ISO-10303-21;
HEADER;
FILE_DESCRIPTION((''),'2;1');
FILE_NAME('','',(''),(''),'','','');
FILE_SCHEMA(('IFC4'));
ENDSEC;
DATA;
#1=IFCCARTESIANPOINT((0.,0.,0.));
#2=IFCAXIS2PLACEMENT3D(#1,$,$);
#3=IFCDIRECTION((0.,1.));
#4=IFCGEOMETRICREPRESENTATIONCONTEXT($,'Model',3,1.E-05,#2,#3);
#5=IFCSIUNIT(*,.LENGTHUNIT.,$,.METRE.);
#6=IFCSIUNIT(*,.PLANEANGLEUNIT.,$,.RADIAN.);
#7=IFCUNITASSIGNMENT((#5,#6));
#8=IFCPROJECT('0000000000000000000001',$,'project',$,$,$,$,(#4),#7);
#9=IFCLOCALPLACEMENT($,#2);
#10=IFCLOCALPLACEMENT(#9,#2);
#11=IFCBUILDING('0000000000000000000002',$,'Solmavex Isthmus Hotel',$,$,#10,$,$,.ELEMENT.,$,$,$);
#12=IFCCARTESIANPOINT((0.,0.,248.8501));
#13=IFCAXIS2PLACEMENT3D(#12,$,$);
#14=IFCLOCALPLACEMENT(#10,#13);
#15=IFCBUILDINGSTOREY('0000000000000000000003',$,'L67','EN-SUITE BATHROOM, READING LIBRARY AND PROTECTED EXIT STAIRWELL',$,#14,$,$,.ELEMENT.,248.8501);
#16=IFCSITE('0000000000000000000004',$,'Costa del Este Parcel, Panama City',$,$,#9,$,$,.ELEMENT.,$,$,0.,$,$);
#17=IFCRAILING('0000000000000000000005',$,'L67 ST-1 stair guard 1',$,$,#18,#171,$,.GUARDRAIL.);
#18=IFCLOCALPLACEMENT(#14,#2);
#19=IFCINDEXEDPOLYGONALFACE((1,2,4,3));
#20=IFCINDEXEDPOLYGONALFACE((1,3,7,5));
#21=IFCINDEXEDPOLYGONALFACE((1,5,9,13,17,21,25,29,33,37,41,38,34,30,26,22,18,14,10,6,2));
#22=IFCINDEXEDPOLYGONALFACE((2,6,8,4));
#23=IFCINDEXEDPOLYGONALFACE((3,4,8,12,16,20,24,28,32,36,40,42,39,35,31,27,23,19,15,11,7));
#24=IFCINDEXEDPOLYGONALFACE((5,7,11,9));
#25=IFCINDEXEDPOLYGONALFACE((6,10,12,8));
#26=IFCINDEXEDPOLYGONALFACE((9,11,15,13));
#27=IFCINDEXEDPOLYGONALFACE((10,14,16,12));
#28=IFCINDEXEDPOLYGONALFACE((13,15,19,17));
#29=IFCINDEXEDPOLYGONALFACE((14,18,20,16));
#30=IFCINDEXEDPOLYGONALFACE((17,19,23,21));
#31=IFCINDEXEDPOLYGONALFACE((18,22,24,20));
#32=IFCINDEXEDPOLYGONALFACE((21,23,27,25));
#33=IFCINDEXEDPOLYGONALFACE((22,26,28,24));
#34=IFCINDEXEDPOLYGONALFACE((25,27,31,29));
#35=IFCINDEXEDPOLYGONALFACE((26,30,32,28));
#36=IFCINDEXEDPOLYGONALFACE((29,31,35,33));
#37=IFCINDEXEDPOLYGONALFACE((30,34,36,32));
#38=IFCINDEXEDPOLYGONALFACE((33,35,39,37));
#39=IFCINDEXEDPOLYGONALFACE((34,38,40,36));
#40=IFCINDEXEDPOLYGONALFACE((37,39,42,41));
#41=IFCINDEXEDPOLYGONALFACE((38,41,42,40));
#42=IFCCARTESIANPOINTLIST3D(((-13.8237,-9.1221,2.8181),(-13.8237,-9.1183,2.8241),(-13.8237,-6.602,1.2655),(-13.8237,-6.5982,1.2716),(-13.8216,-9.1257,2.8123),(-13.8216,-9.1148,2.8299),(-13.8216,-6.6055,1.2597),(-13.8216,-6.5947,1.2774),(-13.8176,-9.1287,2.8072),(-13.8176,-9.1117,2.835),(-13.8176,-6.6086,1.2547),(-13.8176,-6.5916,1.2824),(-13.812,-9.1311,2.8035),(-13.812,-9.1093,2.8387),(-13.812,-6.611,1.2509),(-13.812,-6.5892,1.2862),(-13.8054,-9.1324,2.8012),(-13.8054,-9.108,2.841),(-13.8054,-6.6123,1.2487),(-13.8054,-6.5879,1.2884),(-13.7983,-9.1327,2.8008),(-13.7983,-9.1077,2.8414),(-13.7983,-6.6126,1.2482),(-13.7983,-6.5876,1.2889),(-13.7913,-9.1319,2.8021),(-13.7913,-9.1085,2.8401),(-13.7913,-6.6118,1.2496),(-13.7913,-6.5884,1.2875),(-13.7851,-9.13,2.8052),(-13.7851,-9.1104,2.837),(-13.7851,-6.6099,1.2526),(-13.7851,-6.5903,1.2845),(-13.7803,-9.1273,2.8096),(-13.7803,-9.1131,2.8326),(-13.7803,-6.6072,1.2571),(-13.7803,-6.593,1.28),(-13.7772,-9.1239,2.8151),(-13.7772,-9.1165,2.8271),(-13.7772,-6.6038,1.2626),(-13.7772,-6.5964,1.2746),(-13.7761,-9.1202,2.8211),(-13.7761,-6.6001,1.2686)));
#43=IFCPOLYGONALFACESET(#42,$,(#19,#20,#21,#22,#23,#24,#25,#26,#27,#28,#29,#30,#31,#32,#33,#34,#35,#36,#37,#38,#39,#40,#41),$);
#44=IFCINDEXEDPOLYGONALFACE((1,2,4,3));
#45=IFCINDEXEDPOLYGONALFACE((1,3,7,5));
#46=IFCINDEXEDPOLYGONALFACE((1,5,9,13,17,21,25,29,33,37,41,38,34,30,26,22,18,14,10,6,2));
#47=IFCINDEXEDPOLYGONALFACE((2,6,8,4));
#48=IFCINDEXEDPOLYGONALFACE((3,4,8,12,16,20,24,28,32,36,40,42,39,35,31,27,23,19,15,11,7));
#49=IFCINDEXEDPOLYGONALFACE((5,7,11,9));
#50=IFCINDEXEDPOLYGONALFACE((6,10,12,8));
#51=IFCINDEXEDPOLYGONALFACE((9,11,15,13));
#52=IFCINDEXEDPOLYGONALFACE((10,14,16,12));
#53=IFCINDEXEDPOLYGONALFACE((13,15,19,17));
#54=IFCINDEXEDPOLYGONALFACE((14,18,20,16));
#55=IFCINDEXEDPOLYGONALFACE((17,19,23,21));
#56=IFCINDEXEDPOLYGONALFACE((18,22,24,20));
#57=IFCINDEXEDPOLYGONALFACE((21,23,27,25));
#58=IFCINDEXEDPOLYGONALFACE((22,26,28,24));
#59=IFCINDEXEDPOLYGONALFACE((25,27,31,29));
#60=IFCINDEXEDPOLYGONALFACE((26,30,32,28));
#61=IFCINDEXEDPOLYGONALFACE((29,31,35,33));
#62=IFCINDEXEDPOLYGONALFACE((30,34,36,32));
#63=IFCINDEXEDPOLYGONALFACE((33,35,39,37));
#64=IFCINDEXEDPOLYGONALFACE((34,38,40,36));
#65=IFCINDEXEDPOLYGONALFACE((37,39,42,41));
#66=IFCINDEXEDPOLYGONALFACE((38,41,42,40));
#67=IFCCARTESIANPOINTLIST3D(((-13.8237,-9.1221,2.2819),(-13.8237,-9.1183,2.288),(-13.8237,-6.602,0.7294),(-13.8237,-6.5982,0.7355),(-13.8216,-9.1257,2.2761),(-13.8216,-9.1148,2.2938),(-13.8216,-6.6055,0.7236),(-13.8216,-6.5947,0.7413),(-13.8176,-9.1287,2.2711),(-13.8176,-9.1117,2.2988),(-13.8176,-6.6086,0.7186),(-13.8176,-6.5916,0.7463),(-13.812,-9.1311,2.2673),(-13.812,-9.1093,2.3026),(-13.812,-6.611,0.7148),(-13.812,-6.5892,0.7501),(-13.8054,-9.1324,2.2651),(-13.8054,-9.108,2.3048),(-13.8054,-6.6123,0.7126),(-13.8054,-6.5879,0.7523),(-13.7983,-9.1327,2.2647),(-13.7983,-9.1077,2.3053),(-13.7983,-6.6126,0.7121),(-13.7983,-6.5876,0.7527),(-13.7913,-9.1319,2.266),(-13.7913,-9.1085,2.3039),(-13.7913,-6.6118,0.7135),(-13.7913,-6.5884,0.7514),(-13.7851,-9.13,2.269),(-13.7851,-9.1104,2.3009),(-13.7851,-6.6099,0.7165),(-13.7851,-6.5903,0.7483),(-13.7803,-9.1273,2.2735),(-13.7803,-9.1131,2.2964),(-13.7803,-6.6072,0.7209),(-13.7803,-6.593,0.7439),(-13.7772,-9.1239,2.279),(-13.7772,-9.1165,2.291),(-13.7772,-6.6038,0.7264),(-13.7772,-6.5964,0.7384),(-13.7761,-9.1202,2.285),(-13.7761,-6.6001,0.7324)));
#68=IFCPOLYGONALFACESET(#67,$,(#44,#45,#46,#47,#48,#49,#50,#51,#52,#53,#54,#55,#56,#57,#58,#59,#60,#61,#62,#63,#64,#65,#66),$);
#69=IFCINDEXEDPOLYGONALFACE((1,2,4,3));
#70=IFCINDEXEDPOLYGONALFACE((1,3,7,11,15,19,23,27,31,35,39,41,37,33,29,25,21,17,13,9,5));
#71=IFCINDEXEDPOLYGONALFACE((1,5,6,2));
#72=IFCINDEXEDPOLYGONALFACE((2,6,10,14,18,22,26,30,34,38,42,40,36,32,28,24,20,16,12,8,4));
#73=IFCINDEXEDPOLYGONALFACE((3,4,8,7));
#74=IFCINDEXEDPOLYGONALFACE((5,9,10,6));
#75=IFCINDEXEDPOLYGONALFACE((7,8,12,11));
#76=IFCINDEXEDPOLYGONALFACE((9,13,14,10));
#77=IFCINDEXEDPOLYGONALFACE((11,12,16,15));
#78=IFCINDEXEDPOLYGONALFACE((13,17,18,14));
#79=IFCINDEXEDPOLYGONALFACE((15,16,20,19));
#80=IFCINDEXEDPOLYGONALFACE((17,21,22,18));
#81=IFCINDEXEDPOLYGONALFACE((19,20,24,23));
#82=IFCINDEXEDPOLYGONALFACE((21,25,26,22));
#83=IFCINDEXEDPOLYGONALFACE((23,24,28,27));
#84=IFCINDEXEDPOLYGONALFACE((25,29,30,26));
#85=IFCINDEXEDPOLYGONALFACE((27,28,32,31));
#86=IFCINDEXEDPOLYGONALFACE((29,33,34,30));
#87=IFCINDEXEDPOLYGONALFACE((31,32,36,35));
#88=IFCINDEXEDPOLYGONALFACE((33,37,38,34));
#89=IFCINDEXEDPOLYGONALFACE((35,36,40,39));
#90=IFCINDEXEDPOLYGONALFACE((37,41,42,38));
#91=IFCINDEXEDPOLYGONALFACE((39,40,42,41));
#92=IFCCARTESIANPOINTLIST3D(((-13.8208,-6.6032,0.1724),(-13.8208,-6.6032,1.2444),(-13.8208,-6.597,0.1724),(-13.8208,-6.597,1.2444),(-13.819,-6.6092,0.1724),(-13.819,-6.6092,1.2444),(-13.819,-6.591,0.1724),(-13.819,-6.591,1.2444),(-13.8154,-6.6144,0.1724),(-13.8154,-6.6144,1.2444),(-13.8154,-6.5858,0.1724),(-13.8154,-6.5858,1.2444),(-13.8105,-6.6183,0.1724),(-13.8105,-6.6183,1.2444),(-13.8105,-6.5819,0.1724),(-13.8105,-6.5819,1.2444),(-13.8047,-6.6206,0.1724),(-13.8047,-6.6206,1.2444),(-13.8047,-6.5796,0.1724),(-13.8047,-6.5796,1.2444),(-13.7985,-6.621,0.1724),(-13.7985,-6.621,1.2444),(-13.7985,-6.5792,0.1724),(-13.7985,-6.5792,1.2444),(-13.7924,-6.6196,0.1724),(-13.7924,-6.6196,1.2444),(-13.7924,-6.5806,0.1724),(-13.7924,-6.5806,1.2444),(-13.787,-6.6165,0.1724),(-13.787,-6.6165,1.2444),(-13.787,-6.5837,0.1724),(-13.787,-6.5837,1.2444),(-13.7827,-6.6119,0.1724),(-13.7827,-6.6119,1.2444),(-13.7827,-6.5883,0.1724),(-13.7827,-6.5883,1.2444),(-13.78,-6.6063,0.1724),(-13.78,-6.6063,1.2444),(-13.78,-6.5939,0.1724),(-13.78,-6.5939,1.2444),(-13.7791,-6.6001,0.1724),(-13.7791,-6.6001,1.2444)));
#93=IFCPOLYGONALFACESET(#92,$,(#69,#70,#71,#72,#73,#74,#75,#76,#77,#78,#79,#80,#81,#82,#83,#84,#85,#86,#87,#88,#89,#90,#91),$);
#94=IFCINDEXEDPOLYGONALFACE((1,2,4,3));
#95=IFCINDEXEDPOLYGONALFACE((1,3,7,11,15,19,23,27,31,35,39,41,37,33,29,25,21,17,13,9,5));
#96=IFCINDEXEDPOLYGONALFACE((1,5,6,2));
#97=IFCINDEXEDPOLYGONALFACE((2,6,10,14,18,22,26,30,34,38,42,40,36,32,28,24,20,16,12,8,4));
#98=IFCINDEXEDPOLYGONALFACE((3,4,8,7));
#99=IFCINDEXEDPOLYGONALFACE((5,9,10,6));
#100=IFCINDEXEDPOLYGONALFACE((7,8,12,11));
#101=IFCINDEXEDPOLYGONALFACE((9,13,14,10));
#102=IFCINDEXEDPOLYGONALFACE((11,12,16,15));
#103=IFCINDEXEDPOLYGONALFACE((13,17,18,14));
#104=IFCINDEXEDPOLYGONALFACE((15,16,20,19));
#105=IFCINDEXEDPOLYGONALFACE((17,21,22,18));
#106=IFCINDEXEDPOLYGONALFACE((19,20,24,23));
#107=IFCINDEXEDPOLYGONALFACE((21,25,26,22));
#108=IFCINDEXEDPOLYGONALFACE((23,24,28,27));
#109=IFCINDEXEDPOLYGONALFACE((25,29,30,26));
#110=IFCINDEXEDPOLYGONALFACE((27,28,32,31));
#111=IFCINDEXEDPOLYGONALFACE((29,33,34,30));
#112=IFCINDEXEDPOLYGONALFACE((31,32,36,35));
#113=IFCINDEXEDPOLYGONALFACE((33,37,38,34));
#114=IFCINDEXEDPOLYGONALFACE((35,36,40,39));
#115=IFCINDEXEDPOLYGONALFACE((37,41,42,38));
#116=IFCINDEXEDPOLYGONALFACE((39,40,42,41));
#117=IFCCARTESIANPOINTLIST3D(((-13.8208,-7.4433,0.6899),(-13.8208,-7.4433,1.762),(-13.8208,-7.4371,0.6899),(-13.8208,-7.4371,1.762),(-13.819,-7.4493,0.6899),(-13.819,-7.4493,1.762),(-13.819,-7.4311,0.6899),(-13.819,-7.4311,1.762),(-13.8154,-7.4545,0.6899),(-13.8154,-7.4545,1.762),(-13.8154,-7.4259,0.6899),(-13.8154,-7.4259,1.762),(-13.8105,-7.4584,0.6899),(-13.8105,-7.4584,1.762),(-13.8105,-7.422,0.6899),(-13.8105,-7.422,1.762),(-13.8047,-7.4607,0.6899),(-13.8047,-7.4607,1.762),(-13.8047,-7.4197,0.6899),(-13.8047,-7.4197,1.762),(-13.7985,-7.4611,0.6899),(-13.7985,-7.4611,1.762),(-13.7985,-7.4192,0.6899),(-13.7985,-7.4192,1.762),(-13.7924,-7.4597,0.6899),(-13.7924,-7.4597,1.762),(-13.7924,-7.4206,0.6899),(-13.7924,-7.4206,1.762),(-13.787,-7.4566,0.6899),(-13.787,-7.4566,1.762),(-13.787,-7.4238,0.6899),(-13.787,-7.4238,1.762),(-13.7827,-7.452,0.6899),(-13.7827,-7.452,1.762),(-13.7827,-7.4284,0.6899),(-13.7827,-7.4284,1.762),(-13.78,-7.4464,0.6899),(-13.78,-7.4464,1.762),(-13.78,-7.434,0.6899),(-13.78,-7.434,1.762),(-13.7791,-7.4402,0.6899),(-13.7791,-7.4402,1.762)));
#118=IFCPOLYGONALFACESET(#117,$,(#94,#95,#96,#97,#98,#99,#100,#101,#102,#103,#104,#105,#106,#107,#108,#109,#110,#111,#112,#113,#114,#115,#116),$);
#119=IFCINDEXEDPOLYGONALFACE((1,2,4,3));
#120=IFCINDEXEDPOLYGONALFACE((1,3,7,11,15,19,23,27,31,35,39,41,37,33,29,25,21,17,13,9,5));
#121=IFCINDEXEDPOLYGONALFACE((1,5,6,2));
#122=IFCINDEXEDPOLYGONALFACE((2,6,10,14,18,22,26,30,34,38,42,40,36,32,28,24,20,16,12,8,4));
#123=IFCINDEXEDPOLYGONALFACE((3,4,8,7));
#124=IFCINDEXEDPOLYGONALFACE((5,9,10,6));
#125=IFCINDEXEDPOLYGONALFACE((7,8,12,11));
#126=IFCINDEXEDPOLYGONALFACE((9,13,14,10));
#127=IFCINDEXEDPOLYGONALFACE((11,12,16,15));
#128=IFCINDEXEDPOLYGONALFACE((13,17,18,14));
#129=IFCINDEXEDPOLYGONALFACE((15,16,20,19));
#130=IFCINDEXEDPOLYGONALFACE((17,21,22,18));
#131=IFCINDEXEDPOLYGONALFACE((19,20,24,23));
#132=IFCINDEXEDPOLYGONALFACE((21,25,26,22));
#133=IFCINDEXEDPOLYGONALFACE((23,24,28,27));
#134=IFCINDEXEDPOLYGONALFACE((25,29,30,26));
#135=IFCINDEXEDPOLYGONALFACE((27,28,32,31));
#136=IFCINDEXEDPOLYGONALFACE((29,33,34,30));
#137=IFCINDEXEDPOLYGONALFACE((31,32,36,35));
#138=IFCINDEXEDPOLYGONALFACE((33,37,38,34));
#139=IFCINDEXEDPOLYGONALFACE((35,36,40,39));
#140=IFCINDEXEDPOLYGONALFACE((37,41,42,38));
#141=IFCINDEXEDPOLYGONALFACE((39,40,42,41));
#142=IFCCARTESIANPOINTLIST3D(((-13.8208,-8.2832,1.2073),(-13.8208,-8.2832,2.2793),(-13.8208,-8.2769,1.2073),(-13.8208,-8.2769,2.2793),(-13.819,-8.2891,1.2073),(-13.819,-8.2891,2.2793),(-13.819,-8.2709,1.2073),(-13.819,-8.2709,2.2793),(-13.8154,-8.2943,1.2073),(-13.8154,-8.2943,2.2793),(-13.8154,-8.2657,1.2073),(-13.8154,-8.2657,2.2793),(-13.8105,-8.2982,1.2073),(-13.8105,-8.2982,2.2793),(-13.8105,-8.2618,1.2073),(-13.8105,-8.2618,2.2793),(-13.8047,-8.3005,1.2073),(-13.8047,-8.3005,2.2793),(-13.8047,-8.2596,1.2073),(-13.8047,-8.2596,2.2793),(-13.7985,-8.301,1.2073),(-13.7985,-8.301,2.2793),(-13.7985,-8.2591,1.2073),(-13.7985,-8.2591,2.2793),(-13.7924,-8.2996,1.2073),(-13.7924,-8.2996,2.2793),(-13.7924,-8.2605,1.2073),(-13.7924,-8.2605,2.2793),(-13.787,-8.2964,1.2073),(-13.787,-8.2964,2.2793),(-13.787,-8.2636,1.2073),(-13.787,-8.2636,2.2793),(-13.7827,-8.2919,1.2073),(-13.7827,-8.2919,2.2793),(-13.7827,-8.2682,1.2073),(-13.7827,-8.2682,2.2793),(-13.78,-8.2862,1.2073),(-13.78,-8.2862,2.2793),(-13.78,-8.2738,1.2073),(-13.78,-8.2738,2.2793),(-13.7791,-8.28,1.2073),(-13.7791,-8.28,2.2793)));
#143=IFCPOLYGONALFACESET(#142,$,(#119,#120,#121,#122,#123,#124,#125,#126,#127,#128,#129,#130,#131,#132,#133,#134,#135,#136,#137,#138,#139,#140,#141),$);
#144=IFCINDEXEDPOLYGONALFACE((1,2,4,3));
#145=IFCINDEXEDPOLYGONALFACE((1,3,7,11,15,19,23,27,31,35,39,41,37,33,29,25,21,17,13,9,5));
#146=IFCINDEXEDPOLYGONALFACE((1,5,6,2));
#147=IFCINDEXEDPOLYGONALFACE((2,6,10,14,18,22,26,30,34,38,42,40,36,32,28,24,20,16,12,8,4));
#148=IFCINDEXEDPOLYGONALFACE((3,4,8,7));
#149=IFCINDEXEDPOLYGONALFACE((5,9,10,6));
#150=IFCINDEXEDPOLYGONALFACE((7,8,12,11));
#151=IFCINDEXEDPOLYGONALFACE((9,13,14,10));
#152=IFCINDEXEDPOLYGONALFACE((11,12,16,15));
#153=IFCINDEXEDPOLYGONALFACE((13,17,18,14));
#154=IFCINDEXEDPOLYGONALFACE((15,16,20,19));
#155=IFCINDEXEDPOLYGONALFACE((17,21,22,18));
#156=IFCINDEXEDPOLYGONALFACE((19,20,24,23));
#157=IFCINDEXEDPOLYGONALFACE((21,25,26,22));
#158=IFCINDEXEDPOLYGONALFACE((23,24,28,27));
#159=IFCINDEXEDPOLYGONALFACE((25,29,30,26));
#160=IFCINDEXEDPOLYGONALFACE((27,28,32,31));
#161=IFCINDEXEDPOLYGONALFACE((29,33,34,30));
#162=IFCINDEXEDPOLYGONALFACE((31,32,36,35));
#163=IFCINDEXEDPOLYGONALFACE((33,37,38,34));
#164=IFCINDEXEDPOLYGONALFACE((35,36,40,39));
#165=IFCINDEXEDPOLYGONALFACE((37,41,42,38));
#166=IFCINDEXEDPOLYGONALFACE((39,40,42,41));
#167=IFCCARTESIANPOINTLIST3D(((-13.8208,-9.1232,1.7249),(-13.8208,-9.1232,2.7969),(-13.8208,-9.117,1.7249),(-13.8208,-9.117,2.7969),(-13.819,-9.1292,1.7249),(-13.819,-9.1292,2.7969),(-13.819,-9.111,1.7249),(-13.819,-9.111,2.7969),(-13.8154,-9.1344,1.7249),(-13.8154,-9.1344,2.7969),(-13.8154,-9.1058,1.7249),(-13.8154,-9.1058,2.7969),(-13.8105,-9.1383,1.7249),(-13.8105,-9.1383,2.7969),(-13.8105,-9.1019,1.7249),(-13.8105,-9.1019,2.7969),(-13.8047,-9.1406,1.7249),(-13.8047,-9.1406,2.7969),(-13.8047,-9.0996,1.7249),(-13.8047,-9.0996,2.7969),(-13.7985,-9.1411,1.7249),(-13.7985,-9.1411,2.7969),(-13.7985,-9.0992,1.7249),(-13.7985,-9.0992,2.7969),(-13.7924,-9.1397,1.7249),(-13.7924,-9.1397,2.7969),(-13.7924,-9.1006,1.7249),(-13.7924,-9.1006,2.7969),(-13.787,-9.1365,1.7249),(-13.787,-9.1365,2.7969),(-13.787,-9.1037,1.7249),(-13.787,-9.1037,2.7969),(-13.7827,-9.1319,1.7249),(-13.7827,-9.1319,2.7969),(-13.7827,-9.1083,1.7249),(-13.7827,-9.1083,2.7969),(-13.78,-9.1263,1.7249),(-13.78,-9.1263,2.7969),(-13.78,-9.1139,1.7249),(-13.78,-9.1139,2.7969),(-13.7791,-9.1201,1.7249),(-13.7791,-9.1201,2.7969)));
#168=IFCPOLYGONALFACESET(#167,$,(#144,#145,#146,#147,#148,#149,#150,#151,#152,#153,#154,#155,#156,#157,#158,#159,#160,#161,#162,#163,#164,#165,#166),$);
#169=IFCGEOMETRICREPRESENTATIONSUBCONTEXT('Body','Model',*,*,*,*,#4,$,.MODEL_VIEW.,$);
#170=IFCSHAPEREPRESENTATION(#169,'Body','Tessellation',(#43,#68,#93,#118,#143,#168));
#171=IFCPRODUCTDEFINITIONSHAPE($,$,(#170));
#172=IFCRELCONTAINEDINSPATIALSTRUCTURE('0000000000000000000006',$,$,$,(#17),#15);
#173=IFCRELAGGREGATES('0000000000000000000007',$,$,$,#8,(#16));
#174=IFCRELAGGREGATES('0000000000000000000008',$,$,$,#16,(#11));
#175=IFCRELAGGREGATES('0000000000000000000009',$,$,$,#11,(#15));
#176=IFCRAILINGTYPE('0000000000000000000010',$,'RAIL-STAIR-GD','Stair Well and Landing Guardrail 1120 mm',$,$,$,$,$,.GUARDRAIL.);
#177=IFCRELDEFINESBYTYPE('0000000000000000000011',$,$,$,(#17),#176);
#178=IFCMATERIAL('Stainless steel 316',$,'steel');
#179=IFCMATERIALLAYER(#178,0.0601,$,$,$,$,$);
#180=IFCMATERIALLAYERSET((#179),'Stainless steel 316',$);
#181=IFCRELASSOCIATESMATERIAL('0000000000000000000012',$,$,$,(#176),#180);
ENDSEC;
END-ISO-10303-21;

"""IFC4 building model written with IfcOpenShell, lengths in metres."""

from ifc_helpers import new_model, si_unit, direction, frame, origin, origin_2d, place, context, subcontext, project, spatial, circle, extrude, material, layer, layer_set, type_object, element, save


model = new_model("IFC4")

# Units and contexts
model_context = context("Model", 3, precision=1e-05, world=origin(), true_north=direction((0.0, 1.0)))
body_context = subcontext(model_context, "Body", "Model", "MODEL_VIEW")
ifc_project = project(units=[si_unit("LENGTHUNIT", "METRE"), si_unit("PLANEANGLEUNIT", "RADIAN")], contexts=[model_context])

# Site, building, storey
site_placement = place(None, origin())
site = spatial("IfcSite", under=ifc_project, at=site_placement, Name="Costa del Este Parcel, Panama City", CompositionType="ELEMENT", RefElevation=0.0)
building_placement = place(site_placement, origin())
building = spatial("IfcBuilding", under=site, at=building_placement, Name="Solmavex Isthmus Hotel", CompositionType="ELEMENT")
storey_placement = place(building_placement, frame((0.0, 0.0, 248.8501)))
storey = spatial("IfcBuildingStorey", under=building, at=storey_placement, Name="L67", Description="EN-SUITE BATHROOM, READING LIBRARY AND PROTECTED EXIT STAIRWELL", CompositionType="ELEMENT", Elevation=248.8501)

# Railing
ifc_material_1 = material(Name="Stainless steel 316", Category="steel")
ifc_layer_1 = layer(ifc_material_1, 0.0601)
ifc_layer_set_1 = layer_set([ifc_layer_1], Name="Stainless steel 316")
railing_type_1 = type_object("IfcRailingType", Name="RAIL-STAIR-GD", Description="Stair Well and Landing Guardrail 1120 mm", PredefinedType="GUARDRAIL", material=ifc_layer_set_1)
railing_1_placement = place(storey_placement, frame((-13.8, -6.6001, 0.1724)))
element("IfcRailing", 1, at=railing_1_placement, inside=storey, type_object=railing_type_1, Name="L67 ST-1 stair guard 1", PredefinedType="GUARDRAIL", context=body_context, shape_type="SweptSolid", body=[
    extrude(circle(Radius=0.0239, at=origin_2d()), frame((0.0, 0.0, 1.0962), z_axis=(0.0, -0.8514, 0.524516), x_axis=(1.0, 0.0, 0.0)), (0.0, 0.0, 1.0), 2.96),
    extrude(circle(Radius=0.0239, at=origin_2d()), frame((0.0, 0.0, 0.5601), z_axis=(0.0, -0.8514, 0.524516), x_axis=(1.0, 0.0, 0.0)), (0.0, 0.0, 1.0), 2.96),
    extrude(circle(Radius=0.021, at=origin_2d()), origin(), (0.0, 0.0, 1.0), 1.072),
    extrude(circle(Radius=0.021, at=origin_2d()), frame((0.0, -0.8401, 0.5176)), (0.0, 0.0, 1.0), 1.072),
    extrude(circle(Radius=0.021, at=origin_2d()), frame((0.0, -1.6799, 1.0349)), (0.0, 0.0, 1.0), 1.072),
    extrude(circle(Radius=0.021, at=origin_2d()), frame((0.0, -2.52, 1.5525)), (0.0, 0.0, 1.0), 1.072),
])

save(model, "model.ifc")
